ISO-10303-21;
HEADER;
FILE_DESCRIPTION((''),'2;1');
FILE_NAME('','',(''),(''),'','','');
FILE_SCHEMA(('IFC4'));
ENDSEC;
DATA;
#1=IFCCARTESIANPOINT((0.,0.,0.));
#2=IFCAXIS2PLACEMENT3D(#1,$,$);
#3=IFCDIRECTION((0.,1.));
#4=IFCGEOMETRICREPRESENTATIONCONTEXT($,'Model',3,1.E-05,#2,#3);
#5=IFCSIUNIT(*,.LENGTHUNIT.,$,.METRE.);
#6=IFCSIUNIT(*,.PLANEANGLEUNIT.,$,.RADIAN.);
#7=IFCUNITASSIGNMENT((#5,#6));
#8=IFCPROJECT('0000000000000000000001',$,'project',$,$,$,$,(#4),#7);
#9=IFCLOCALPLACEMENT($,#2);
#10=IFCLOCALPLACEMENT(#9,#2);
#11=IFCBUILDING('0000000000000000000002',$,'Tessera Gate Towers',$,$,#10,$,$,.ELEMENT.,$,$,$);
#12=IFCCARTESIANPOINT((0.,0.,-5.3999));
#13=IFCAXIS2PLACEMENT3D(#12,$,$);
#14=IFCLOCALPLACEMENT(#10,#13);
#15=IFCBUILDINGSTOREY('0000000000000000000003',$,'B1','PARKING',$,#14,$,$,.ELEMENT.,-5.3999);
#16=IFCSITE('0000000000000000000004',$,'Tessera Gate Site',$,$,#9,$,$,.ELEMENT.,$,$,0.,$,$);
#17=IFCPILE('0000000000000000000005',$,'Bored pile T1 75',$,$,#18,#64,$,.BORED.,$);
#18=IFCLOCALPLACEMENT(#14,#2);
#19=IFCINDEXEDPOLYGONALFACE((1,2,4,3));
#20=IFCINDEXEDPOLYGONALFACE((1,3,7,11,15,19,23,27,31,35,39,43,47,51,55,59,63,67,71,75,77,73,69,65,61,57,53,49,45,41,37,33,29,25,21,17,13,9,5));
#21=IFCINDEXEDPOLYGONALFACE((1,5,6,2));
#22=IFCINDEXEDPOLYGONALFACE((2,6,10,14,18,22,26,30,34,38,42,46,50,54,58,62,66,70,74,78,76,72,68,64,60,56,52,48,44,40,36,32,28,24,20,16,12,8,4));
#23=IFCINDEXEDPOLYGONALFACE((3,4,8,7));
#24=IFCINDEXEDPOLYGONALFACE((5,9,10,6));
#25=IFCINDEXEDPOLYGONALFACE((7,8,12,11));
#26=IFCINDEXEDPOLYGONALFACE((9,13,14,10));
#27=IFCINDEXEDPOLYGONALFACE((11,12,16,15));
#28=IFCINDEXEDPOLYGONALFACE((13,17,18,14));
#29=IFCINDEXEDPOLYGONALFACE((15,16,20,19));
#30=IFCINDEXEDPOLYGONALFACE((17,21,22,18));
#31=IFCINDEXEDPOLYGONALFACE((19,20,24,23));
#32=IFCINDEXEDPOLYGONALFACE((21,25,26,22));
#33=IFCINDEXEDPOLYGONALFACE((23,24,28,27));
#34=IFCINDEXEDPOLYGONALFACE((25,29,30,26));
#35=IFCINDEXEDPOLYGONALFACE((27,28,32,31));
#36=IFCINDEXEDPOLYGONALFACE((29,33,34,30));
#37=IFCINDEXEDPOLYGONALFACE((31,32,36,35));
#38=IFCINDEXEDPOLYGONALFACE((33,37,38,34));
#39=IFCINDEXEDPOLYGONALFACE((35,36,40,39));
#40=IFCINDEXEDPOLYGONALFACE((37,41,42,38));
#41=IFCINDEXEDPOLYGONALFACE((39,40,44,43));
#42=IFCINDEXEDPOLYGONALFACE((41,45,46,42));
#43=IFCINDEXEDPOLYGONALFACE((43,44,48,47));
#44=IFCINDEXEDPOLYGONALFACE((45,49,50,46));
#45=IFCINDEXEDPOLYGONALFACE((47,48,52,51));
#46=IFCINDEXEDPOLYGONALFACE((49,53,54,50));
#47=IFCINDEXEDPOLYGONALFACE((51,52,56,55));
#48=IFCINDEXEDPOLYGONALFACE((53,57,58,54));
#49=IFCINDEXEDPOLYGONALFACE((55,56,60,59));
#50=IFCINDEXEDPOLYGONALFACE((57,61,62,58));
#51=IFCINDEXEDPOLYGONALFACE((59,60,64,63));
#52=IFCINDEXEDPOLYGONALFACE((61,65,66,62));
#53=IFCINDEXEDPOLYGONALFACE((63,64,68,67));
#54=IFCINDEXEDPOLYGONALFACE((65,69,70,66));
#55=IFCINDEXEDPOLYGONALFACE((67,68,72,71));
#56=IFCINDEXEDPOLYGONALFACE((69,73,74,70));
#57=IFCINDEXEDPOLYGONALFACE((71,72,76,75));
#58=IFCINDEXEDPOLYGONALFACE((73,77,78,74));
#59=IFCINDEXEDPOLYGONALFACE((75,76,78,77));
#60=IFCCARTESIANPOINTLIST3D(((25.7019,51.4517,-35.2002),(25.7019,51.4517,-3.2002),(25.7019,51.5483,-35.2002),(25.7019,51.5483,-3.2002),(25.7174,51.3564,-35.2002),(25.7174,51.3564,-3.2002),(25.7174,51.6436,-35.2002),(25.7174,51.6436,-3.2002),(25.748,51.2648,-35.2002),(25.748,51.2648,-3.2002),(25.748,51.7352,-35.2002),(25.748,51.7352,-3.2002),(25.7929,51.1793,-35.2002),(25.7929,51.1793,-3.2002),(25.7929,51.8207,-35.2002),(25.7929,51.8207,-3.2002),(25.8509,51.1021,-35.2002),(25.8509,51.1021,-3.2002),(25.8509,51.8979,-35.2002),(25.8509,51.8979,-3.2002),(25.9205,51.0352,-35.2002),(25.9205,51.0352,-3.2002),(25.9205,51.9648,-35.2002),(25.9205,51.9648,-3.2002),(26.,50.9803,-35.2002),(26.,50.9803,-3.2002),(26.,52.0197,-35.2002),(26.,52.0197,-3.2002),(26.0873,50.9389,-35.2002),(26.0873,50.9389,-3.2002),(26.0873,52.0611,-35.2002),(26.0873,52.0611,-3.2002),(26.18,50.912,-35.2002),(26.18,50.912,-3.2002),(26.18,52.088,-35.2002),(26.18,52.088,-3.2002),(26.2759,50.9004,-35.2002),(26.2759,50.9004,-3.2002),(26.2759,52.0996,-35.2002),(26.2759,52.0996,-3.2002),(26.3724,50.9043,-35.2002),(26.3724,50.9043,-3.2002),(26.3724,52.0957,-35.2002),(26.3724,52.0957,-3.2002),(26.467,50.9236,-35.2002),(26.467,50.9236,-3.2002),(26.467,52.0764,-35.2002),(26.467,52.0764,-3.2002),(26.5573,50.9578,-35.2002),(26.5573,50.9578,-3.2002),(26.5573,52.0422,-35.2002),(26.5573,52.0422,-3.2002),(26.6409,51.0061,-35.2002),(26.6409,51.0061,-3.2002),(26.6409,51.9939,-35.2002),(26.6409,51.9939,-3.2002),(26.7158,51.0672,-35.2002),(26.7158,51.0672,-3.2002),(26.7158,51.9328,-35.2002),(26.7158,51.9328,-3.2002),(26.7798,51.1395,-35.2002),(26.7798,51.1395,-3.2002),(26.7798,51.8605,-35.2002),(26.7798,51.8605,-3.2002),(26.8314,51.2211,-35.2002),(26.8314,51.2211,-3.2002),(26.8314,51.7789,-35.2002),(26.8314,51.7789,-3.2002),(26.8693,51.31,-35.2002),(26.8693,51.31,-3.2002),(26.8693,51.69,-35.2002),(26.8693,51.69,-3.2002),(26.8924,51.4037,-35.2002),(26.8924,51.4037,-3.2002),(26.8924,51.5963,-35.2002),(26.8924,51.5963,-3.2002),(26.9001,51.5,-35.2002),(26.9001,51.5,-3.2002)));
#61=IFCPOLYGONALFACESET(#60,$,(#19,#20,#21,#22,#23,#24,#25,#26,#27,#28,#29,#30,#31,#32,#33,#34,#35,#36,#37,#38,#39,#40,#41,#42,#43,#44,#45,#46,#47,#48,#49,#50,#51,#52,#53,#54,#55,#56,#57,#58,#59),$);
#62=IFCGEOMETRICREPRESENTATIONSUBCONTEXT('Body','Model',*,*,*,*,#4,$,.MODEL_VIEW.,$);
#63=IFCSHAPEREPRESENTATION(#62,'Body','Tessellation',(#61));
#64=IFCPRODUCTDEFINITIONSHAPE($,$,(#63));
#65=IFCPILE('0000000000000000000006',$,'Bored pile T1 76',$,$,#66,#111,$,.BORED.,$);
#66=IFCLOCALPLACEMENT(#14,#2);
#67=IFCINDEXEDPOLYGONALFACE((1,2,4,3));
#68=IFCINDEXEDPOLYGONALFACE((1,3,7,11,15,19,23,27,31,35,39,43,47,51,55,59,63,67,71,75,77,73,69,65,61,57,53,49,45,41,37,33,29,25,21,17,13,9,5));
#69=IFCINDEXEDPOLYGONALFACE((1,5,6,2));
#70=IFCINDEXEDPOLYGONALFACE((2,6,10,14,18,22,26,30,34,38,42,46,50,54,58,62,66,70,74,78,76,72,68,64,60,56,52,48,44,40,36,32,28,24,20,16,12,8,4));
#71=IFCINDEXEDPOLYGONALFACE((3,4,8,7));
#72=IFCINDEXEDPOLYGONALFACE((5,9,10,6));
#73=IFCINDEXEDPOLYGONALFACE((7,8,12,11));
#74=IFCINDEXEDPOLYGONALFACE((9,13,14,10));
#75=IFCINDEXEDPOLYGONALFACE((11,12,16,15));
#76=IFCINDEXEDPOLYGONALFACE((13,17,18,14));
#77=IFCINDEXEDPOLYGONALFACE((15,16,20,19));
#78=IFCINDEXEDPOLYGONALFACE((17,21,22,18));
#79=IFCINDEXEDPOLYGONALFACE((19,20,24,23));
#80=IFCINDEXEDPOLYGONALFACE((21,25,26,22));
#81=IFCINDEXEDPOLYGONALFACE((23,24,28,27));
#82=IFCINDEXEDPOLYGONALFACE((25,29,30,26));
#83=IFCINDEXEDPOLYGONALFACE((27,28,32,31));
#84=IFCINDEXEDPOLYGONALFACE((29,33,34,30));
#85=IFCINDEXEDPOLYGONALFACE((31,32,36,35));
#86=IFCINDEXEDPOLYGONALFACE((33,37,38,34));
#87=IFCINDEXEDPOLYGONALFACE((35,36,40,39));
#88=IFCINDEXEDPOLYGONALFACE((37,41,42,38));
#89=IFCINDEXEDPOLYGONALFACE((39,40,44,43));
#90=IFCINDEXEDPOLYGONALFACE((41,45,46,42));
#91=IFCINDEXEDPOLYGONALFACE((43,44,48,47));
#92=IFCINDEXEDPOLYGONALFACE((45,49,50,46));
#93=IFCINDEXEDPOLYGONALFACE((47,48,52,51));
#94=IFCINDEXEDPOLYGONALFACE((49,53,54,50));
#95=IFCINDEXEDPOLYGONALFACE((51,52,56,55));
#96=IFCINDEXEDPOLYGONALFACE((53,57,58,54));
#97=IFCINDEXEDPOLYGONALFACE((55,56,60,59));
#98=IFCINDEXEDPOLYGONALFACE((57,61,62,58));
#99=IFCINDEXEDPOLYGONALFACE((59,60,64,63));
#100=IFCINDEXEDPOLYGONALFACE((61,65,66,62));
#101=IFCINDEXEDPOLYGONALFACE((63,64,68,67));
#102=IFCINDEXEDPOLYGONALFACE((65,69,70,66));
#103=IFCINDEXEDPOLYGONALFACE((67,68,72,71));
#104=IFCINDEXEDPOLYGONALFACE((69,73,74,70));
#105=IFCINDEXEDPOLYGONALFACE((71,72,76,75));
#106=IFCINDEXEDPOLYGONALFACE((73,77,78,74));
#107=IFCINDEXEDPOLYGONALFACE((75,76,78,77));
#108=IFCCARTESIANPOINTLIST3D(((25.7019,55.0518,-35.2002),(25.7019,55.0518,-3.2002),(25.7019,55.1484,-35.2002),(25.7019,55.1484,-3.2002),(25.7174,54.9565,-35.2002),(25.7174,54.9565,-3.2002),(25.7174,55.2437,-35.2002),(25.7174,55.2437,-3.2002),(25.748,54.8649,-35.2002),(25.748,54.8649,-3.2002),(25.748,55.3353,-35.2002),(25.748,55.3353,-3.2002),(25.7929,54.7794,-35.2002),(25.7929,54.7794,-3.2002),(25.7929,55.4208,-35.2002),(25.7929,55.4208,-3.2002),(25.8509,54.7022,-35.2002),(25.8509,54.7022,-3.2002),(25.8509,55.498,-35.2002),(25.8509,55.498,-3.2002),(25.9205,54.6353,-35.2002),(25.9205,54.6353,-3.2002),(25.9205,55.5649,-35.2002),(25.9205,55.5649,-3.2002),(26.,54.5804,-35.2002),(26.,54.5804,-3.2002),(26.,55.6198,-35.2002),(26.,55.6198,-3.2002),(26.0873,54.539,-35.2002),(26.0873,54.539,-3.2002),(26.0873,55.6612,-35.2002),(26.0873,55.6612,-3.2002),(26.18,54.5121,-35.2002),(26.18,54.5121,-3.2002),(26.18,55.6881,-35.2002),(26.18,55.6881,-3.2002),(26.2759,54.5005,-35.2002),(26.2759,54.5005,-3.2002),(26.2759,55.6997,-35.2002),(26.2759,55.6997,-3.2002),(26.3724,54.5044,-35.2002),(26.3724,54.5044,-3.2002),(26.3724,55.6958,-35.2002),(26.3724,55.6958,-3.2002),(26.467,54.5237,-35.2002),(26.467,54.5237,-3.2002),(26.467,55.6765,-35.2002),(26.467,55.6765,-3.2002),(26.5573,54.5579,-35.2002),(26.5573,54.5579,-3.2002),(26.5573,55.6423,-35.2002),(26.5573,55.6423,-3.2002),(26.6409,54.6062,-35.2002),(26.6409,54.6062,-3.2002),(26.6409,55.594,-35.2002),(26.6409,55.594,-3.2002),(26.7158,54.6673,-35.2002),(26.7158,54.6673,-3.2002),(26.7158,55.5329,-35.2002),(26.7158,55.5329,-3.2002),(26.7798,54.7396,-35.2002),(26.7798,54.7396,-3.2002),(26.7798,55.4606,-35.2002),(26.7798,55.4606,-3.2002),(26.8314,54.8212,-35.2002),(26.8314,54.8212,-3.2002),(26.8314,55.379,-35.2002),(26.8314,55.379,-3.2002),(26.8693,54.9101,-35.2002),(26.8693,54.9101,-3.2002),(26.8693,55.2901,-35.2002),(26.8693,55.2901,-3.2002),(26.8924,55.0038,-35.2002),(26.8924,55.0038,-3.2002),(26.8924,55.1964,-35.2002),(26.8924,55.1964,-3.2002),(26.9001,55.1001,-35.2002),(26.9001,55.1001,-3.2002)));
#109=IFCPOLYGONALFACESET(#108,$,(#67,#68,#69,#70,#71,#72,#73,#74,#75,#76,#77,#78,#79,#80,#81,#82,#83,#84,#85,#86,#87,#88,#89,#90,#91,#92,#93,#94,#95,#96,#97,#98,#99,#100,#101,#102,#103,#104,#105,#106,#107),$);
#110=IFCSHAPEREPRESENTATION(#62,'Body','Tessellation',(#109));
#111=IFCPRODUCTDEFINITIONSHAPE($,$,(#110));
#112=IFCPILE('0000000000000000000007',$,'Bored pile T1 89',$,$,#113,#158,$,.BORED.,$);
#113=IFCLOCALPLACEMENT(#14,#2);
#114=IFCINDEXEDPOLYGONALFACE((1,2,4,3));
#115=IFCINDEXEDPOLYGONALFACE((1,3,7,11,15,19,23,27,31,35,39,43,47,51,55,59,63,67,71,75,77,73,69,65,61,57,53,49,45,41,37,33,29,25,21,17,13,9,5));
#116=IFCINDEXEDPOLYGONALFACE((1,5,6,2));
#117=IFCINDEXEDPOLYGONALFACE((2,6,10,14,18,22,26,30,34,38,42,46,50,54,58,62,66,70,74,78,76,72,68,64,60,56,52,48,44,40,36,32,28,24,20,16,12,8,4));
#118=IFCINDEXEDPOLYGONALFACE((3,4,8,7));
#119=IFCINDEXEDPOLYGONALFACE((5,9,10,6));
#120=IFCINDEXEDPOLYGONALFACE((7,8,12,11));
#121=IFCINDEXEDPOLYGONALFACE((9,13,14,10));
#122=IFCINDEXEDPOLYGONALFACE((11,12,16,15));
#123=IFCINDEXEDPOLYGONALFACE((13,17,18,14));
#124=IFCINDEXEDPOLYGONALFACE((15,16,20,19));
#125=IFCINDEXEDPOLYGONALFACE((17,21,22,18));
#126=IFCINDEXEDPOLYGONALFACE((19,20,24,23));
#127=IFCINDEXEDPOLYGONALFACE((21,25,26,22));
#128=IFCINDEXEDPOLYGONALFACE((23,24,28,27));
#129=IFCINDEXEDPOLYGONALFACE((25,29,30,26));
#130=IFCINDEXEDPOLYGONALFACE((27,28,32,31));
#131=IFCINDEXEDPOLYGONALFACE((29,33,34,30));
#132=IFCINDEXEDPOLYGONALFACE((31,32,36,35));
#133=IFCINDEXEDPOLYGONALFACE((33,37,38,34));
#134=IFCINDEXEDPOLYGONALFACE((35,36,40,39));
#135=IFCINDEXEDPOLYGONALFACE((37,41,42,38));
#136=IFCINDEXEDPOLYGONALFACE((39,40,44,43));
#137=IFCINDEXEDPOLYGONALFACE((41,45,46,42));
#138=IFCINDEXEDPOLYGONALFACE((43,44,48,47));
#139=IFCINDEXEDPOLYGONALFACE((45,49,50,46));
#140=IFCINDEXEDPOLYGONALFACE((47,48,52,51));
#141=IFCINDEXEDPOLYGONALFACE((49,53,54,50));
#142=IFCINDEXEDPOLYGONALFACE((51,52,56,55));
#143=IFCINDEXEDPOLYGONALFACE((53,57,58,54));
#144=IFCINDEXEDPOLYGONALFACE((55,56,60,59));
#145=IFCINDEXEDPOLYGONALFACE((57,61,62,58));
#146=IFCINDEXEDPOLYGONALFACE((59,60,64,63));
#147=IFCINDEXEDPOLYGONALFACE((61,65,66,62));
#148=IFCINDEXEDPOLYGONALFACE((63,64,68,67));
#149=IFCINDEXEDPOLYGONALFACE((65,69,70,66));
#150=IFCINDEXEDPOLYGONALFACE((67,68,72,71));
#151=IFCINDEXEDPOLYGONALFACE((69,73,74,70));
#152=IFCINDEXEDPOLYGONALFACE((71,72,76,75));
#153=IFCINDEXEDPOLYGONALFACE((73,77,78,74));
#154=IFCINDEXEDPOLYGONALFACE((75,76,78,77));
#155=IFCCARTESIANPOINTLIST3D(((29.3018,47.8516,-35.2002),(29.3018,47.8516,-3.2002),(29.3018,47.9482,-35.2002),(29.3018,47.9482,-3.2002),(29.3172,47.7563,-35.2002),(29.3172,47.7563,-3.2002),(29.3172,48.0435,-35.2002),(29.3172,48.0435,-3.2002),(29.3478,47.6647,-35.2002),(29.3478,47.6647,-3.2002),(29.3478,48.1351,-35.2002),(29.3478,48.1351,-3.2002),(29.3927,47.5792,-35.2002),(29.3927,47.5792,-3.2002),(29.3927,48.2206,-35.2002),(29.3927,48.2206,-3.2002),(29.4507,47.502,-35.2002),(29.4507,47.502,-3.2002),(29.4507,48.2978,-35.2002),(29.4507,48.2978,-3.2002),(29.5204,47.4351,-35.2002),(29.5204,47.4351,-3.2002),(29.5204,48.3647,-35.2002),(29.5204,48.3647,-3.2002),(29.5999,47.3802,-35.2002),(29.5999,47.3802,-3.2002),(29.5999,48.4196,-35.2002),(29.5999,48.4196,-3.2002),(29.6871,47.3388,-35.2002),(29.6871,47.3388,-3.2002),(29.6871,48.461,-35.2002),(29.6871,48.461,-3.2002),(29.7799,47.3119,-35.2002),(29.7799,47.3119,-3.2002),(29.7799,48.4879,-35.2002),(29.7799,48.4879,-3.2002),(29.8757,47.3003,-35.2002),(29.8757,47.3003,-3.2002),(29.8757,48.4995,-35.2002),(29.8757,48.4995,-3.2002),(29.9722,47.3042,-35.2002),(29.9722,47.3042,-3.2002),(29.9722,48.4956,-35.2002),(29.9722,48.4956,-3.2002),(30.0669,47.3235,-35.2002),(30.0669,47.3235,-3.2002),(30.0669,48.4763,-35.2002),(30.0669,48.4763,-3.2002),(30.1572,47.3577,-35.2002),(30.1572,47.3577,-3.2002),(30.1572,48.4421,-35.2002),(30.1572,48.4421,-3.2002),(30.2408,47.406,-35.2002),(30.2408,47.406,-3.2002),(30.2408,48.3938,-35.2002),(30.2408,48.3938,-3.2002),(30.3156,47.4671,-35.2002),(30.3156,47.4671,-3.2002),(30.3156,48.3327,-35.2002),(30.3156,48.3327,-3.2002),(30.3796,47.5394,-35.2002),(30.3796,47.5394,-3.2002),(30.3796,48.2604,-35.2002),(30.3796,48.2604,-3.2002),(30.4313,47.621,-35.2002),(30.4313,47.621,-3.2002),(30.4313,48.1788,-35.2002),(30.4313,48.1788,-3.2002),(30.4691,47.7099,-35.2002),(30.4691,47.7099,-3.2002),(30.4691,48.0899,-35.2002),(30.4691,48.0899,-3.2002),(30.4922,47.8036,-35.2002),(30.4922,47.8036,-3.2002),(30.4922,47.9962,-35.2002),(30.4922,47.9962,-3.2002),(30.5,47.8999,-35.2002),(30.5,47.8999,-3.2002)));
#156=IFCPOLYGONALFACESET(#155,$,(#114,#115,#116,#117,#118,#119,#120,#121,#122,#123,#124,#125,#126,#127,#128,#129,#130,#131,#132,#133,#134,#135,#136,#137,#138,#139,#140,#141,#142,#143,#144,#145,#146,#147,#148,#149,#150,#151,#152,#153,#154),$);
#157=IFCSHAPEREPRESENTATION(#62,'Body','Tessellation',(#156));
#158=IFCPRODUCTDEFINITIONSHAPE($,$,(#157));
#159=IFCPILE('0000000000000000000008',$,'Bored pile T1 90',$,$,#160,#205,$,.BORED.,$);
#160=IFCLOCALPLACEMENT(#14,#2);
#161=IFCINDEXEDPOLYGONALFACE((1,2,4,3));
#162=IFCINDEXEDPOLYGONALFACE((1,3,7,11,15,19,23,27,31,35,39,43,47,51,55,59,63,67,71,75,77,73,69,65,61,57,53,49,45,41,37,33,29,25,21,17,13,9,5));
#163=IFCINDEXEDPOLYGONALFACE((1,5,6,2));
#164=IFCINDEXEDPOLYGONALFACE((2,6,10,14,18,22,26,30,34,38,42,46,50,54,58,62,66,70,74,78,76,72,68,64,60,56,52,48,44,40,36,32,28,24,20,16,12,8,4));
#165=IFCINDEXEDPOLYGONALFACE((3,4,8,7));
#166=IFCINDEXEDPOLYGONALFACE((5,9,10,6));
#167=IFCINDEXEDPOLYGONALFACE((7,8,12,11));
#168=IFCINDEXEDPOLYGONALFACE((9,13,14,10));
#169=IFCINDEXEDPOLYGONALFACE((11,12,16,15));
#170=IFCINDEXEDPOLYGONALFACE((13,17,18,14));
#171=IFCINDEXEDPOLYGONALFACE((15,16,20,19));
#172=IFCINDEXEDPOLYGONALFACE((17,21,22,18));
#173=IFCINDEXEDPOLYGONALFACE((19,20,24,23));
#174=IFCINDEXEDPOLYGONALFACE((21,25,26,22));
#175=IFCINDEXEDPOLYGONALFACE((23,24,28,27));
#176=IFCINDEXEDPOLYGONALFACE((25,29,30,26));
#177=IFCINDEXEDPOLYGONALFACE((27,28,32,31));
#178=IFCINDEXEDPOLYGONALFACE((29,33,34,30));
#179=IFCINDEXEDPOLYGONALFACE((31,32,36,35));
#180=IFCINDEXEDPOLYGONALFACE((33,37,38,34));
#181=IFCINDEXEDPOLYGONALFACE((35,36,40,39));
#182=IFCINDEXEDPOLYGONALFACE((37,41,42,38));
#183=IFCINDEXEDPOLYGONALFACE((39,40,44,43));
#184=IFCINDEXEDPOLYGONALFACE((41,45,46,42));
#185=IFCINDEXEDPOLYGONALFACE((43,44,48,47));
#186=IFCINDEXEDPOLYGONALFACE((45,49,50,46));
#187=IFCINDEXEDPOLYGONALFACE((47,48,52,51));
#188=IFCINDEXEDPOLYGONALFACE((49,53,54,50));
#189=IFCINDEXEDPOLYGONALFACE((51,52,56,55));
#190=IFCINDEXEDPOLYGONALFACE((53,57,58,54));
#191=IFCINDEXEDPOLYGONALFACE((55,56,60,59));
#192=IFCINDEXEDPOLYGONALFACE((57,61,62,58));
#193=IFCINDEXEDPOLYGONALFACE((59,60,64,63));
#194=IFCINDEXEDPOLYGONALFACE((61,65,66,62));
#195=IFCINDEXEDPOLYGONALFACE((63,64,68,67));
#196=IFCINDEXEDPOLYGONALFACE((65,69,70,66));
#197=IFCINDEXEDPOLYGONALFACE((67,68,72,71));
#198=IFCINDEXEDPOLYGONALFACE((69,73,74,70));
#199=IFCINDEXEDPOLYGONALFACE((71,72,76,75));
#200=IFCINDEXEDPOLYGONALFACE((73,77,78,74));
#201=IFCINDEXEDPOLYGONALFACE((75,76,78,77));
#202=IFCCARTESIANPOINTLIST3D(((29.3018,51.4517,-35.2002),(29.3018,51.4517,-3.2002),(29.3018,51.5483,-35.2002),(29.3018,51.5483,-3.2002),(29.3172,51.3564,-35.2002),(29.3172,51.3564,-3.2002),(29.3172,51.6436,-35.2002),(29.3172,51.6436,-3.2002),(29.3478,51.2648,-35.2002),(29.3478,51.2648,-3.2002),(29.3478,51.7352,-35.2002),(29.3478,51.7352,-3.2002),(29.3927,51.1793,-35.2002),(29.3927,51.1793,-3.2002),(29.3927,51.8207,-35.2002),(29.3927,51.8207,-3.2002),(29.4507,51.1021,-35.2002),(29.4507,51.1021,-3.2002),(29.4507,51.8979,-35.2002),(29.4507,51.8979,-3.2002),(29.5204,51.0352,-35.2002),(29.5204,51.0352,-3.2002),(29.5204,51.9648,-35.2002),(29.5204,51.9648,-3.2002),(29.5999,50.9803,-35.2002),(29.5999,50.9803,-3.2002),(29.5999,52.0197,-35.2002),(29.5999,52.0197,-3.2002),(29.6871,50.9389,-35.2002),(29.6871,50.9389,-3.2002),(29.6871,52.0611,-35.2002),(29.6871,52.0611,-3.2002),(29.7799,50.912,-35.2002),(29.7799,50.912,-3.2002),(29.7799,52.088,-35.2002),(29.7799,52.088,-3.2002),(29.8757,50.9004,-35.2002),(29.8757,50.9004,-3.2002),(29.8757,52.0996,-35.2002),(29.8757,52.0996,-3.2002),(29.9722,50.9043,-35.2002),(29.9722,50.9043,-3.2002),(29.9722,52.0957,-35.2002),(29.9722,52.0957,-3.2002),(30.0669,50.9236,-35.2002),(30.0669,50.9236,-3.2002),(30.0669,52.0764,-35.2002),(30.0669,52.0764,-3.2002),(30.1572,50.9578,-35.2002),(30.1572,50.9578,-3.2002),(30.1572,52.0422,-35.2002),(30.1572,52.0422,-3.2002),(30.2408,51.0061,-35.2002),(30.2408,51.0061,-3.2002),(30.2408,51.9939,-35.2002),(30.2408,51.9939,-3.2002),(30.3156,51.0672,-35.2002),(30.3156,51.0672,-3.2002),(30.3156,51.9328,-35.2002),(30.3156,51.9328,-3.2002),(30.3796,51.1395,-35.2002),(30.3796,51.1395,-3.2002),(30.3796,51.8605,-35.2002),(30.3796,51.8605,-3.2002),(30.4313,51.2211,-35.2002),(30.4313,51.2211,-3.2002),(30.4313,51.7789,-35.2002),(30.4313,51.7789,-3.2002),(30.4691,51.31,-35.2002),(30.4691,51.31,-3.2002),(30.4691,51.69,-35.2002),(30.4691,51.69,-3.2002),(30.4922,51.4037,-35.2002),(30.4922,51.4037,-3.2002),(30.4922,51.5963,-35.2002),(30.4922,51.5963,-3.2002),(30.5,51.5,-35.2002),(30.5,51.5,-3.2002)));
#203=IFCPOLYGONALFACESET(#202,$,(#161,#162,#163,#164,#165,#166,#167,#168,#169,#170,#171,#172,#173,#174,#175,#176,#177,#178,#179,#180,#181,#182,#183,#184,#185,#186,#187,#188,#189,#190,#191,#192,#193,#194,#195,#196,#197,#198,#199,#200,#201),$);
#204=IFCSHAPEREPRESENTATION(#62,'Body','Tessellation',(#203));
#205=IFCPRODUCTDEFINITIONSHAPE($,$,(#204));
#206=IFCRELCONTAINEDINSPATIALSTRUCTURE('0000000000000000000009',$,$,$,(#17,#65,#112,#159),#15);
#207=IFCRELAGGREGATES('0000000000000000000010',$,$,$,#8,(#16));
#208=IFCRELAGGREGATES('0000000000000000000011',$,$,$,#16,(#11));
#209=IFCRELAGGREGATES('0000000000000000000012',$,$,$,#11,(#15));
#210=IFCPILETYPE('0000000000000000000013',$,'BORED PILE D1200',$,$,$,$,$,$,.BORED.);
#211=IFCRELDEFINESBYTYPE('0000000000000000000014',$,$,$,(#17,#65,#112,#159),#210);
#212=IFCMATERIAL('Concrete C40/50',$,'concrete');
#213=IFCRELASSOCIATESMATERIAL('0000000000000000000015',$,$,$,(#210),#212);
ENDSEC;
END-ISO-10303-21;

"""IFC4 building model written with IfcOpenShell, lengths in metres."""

from ifc_helpers import new_model, si_unit, direction, frame, origin, origin_2d, place, context, subcontext, project, spatial, circle, extrude, material, material_profile, profile_set, type_object, element, save


model = new_model("IFC4")

# Units and contexts
model_context = context("Model", 3, precision=1e-05, world=origin(), true_north=direction((0.0, 1.0)))
body_context = subcontext(model_context, "Body", "Model", "MODEL_VIEW")
ifc_project = project(units=[si_unit("LENGTHUNIT", "METRE"), si_unit("PLANEANGLEUNIT", "RADIAN")], contexts=[model_context])

# Site, building, storey
site_placement = place(None, origin())
site = spatial("IfcSite", under=ifc_project, at=site_placement, Name="Tessera Gate Site", CompositionType="ELEMENT", RefElevation=0.0)
building_placement = place(site_placement, origin())
building = spatial("IfcBuilding", under=site, at=building_placement, Name="Tessera Gate Towers", CompositionType="ELEMENT")
storey_placement = place(building_placement, frame((0.0, 0.0, -5.3999)))
storey = spatial("IfcBuildingStorey", under=building, at=storey_placement, Name="B1", Description="PARKING", CompositionType="ELEMENT", Elevation=-5.3999)

# Piles
ifc_material_1 = material(Name="Concrete C40/50", Category="concrete")
ifc_material_profile_1 = material_profile(ifc_material_1, circle(Radius=0.6001, at=origin_2d()), Name="BORED PILE D1200")
ifc_profile_set_1 = profile_set([ifc_material_profile_1], Name="Concrete C40/50")
pile_type = type_object("IfcPileType", Name="BORED PILE D1200", PredefinedType="BORED", material=ifc_profile_set_1)
for number, where, z_axis, x_axis, name in (
    (1, (26.3, 51.5, -3.2002), (0.0, 0.0, -1.0), (1.0, 0.0, 0.0), "Bored pile T1 75"),
    (2, (26.3, 55.1001, -3.2002), (0.0, 0.0, -1.0), (1.0, 0.0, 0.0), "Bored pile T1 76"),
    (3, (29.8999, 47.8999, -3.2002), (0.0, 0.0, -1.0), (1.0, 0.0, 0.0), "Bored pile T1 89"),
    (4, (29.8999, 51.5, -3.2002), (0.0, 0.0, -1.0), (1.0, 0.0, 0.0), "Bored pile T1 90"),
):
    element("IfcPile", number, at=place(storey_placement, frame(where, z_axis=z_axis, x_axis=x_axis)), inside=storey, type_object=pile_type, Name=name, PredefinedType="BORED", context=body_context, shape_type="SweptSolid", body=[
        extrude(circle(Radius=0.6001, at=origin_2d()), origin(), (0.0, 0.0, 1.0), 32.0),
    ])

save(model, "model.ifc")
